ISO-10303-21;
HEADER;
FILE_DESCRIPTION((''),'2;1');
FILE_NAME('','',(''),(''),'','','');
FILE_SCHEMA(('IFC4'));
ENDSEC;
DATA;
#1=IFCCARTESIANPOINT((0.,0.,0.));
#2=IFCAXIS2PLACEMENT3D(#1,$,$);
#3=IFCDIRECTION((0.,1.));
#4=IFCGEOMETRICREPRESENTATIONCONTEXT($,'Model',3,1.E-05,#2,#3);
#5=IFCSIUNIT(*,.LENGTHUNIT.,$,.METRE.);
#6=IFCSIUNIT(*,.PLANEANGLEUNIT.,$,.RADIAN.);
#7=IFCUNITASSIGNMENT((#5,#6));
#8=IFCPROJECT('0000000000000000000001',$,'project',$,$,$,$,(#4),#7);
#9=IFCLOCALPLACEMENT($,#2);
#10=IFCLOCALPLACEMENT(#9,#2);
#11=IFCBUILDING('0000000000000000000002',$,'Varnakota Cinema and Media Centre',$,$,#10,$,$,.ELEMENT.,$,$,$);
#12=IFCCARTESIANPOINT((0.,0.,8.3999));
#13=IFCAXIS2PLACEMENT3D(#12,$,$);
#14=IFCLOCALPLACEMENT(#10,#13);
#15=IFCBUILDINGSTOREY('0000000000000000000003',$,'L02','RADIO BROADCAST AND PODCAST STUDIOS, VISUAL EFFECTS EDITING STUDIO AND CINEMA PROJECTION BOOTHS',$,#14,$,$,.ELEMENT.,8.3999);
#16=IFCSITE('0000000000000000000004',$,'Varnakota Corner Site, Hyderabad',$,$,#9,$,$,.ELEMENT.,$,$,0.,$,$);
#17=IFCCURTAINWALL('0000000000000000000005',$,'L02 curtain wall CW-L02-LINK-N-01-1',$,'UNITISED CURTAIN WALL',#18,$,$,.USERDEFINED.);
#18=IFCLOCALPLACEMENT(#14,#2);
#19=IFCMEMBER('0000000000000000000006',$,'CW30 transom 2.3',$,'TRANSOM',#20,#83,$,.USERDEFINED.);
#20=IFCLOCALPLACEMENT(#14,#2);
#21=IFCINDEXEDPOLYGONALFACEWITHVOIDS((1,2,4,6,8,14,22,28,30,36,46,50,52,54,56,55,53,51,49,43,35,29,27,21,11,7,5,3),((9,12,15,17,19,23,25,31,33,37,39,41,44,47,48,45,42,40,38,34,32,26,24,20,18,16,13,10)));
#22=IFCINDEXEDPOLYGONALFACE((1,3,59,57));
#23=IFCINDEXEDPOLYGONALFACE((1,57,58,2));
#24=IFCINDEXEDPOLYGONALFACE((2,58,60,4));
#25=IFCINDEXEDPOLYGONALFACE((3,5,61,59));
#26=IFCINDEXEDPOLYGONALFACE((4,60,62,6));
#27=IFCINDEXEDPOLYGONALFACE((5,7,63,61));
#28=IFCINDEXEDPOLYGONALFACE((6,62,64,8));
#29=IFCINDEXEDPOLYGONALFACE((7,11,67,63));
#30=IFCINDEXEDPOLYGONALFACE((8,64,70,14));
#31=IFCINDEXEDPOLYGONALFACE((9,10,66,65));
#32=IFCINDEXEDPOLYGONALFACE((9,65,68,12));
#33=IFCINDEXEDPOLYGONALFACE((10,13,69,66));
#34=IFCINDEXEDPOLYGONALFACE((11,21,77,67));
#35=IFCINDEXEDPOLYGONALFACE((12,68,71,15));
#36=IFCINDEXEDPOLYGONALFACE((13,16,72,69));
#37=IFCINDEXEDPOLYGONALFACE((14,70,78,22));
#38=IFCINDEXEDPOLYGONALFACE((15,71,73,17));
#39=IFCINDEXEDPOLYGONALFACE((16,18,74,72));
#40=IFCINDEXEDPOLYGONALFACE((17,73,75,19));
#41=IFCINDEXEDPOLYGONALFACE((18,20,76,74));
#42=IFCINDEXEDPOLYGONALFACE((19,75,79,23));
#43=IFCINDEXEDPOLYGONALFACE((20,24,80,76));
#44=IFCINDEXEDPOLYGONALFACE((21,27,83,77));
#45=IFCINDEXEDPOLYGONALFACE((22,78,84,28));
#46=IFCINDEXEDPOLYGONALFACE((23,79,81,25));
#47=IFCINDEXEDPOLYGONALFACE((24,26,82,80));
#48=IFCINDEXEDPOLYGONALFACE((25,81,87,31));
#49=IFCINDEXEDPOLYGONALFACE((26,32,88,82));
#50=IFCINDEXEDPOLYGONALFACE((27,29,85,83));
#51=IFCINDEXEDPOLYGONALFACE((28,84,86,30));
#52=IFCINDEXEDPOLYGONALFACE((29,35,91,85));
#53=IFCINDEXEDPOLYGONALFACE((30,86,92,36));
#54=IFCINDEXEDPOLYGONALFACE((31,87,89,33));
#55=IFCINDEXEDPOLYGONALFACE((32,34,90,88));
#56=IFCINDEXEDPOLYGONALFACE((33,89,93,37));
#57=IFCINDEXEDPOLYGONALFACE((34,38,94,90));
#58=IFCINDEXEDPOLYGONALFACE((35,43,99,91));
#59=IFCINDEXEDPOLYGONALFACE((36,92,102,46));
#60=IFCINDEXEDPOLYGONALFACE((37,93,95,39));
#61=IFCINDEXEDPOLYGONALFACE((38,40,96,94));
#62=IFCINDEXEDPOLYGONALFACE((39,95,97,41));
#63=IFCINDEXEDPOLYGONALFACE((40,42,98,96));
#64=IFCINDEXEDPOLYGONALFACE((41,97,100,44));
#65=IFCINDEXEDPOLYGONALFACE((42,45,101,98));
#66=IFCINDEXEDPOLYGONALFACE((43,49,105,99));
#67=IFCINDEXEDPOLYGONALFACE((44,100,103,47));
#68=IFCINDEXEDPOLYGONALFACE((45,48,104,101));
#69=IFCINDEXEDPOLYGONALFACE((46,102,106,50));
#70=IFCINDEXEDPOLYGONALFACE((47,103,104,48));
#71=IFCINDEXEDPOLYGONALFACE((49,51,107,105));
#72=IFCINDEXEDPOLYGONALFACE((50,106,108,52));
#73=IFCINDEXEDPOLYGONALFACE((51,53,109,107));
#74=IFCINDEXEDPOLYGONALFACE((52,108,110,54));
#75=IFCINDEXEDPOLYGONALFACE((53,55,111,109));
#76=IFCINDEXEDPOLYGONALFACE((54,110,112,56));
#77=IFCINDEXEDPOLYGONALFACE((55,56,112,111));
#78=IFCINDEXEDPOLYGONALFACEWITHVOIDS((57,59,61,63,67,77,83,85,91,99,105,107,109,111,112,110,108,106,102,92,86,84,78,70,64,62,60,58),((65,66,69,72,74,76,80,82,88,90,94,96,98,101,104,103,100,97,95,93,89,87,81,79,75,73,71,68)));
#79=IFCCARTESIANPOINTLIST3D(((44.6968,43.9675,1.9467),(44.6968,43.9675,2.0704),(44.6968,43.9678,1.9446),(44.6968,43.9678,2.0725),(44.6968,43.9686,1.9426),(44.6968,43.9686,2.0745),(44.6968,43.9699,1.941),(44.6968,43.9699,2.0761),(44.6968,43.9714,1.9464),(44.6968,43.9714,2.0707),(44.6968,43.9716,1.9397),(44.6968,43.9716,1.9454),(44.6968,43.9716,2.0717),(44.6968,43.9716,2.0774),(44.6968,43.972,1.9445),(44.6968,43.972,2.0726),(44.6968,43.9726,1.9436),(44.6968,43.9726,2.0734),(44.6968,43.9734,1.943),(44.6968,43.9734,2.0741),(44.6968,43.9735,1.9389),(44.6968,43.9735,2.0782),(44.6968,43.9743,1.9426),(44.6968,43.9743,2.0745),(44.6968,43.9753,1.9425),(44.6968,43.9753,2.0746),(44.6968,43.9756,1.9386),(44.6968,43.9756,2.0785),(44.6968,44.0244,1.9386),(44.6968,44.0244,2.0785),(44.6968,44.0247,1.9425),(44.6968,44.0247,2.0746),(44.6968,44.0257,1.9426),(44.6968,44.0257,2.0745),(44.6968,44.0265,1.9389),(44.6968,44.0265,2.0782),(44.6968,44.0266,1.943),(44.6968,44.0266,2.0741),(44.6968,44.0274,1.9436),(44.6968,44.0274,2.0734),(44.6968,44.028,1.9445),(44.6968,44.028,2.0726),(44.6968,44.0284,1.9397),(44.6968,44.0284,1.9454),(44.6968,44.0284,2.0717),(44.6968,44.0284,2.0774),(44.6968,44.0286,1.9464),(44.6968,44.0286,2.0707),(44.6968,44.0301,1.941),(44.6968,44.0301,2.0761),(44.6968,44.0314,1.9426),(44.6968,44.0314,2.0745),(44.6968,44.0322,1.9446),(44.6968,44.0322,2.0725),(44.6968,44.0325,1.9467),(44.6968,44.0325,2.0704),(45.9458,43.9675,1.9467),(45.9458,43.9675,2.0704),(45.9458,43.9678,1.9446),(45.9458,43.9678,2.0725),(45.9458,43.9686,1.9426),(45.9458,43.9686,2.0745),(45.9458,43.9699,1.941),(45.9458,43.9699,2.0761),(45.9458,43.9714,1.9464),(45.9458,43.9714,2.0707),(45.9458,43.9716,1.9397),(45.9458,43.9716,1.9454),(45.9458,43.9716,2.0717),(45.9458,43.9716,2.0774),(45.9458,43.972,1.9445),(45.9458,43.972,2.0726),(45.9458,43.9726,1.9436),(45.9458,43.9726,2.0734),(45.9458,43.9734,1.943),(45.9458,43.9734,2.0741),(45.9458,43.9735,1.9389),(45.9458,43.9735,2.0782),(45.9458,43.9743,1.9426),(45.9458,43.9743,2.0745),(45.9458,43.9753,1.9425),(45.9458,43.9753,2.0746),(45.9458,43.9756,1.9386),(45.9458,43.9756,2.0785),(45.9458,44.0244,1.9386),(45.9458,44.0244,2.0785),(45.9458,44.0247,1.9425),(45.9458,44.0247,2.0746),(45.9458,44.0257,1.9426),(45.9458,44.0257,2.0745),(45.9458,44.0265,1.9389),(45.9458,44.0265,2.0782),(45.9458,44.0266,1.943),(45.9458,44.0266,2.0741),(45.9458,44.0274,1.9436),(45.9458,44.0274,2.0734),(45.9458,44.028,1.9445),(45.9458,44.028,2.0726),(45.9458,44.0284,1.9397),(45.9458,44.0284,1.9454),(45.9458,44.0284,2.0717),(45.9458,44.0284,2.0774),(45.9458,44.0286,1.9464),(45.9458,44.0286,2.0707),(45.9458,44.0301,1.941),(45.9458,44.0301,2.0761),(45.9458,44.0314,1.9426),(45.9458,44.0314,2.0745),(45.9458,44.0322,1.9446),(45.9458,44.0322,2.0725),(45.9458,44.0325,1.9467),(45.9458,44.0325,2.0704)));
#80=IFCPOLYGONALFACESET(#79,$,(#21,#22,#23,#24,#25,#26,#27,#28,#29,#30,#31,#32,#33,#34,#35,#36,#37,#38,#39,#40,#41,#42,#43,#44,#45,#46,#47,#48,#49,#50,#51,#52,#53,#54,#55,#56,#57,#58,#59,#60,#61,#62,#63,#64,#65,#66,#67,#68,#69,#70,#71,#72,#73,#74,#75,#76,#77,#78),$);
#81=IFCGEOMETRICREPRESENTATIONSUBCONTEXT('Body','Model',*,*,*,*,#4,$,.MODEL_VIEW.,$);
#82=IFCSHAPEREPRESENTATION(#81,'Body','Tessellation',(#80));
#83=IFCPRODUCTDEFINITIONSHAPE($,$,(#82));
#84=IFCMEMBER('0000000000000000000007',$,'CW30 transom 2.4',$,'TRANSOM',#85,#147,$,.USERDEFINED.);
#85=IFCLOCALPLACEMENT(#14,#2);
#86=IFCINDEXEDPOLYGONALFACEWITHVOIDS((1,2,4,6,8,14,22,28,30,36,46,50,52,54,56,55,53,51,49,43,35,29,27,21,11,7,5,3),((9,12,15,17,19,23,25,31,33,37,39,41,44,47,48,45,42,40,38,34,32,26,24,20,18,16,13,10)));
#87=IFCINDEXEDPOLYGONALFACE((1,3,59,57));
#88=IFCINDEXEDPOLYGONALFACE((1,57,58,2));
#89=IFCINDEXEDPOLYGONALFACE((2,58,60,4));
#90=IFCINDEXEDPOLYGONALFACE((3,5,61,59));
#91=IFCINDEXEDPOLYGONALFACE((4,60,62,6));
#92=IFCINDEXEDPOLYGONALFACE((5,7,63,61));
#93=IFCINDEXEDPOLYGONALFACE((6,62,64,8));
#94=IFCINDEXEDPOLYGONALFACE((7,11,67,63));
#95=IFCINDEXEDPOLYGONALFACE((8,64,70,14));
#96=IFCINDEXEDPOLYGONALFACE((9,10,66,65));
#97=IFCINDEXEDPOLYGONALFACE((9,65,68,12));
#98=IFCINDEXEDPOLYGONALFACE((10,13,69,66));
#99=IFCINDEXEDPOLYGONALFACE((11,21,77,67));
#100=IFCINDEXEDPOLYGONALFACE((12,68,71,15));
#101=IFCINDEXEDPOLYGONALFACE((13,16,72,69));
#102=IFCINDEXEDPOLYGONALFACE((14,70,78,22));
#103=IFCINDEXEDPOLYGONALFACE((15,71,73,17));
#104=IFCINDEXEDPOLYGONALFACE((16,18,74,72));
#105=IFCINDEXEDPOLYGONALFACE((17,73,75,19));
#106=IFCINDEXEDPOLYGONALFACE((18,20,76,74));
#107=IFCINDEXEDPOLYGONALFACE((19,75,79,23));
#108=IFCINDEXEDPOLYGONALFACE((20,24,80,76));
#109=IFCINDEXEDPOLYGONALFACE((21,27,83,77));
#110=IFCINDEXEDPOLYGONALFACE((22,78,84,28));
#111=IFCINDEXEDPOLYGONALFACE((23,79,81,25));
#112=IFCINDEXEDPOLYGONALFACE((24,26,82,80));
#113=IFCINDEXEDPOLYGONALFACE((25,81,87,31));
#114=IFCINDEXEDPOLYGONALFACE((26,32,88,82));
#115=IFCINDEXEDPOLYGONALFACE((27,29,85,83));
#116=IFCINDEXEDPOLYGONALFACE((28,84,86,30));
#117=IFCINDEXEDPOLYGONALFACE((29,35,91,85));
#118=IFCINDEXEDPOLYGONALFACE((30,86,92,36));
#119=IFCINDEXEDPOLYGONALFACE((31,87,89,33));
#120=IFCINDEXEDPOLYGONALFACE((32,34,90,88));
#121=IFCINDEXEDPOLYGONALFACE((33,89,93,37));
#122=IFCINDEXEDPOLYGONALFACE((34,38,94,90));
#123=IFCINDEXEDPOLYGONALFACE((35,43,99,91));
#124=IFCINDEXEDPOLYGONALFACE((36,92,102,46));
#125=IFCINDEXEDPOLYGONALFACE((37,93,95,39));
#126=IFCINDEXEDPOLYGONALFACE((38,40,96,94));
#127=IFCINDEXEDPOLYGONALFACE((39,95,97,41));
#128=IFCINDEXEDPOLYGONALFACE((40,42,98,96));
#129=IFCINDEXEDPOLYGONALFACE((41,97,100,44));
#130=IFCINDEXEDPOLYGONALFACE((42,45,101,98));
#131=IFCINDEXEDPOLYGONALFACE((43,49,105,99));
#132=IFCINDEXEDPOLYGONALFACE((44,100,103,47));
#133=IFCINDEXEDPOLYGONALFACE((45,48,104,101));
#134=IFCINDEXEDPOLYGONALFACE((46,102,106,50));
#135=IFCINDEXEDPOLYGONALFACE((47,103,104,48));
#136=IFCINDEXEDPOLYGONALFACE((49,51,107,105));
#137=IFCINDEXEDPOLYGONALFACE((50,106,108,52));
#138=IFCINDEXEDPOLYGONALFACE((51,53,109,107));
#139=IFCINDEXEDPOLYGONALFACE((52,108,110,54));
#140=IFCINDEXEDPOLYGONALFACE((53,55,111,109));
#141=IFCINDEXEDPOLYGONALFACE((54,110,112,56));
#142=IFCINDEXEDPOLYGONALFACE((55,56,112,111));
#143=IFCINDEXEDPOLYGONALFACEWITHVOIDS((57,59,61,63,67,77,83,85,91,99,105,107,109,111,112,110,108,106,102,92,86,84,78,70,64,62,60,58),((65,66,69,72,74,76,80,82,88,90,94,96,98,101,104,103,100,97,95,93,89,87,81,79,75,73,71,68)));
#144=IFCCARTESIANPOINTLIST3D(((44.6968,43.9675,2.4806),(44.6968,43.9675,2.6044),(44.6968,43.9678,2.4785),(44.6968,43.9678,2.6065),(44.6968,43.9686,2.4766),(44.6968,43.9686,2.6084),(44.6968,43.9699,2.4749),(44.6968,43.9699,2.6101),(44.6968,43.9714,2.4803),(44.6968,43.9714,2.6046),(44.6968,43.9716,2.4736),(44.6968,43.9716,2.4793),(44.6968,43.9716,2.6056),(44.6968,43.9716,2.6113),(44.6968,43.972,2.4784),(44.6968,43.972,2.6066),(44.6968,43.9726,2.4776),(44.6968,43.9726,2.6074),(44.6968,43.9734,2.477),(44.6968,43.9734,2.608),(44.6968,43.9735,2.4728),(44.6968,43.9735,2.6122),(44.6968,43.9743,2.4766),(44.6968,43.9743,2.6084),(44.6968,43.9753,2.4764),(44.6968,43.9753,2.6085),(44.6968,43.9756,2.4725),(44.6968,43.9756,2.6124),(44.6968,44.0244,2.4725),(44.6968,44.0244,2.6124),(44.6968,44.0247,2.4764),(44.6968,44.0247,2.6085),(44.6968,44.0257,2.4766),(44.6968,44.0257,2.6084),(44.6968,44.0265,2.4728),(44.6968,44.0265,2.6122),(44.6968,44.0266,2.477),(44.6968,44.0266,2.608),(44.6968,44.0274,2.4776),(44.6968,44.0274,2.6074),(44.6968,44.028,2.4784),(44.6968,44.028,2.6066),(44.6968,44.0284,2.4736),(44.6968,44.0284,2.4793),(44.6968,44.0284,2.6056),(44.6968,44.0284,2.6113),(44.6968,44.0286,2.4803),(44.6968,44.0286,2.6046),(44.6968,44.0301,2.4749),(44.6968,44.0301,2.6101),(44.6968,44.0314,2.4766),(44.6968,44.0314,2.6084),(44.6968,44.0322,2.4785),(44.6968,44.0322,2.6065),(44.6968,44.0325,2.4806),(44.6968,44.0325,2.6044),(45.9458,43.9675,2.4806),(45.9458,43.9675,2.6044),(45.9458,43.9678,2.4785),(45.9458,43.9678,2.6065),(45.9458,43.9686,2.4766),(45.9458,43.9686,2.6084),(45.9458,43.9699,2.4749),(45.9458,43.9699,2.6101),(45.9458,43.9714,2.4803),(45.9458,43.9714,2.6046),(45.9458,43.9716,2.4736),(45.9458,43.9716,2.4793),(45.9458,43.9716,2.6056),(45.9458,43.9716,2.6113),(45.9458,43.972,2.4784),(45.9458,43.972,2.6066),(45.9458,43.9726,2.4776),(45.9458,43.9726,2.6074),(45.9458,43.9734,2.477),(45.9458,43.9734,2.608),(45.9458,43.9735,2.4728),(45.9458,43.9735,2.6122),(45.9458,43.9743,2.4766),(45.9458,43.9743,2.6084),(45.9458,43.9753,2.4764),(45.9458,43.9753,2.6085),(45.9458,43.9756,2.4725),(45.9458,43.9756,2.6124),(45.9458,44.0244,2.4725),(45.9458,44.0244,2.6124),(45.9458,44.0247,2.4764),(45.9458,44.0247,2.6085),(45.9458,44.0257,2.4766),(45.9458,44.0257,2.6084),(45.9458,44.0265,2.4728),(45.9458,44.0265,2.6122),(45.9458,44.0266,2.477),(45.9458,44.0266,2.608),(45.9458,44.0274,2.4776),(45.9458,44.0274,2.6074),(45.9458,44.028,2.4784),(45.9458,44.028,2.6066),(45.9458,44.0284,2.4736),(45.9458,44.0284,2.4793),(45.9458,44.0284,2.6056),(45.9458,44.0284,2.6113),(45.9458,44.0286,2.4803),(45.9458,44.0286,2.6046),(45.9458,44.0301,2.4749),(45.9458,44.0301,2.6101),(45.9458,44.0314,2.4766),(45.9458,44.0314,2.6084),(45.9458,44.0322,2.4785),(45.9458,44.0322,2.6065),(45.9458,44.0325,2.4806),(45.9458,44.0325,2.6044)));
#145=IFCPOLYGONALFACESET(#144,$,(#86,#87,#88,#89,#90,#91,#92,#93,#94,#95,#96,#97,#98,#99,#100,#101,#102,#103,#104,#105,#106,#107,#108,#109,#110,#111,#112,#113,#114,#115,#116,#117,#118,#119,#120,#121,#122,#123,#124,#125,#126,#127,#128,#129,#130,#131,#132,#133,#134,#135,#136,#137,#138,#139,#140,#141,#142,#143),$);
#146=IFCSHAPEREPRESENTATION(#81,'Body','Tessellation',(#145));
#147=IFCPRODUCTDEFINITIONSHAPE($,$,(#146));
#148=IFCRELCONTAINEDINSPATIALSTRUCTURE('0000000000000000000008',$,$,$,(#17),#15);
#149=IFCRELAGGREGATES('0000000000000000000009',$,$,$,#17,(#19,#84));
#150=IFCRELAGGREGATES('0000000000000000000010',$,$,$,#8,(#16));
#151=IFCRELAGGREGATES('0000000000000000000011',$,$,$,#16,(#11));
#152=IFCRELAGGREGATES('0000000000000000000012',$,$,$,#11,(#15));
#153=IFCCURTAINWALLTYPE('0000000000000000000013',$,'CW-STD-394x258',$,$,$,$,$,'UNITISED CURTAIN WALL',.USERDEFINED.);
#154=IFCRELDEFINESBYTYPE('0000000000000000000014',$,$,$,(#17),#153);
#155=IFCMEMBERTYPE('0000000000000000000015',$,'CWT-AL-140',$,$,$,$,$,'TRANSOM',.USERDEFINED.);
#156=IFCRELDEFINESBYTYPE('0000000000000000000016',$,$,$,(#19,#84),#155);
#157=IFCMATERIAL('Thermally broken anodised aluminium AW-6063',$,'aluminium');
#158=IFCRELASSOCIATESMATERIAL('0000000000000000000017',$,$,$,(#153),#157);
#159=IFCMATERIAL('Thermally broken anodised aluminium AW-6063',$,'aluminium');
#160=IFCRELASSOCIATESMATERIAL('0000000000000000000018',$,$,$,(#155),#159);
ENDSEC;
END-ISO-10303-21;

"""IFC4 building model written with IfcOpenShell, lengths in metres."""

from ifc_helpers import new_model, si_unit, direction, frame, origin, origin_2d, place, context, subcontext, project, spatial, hollow_rectangle, extrude, material, material_profile, profile_set, type_object, element, aggregate, save


model = new_model("IFC4")

# Units and contexts
model_context = context("Model", 3, precision=1e-05, world=origin(), true_north=direction((0.0, 1.0)))
body_context = subcontext(model_context, "Body", "Model", "MODEL_VIEW")
ifc_project = project(units=[si_unit("LENGTHUNIT", "METRE"), si_unit("PLANEANGLEUNIT", "RADIAN")], contexts=[model_context])

# Site, building, storey
site_placement = place(None, origin())
site = spatial("IfcSite", under=ifc_project, at=site_placement, Name="Varnakota Corner Site, Hyderabad", CompositionType="ELEMENT", RefElevation=0.0)
building_placement = place(site_placement, origin())
building = spatial("IfcBuilding", under=site, at=building_placement, Name="Varnakota Cinema and Media Centre", CompositionType="ELEMENT")
storey_placement = place(building_placement, frame((0.0, 0.0, 8.3999)))
storey = spatial("IfcBuildingStorey", under=building, at=storey_placement, Name="L02", Description="RADIO BROADCAST AND PODCAST STUDIOS, VISUAL EFFECTS EDITING STUDIO AND CINEMA PROJECTION BOOTHS", CompositionType="ELEMENT", Elevation=8.3999)

# Curtain wall
ifc_material_1 = material(Name="Thermally broken anodised aluminium AW-6063", Category="aluminium")
curtain_wall_type_1 = type_object("IfcCurtainWallType", Name="CW-STD-394x258", ElementType="UNITISED CURTAIN WALL", PredefinedType="USERDEFINED", material=ifc_material_1)
curtain_wall_1_placement = place(storey_placement, origin())
curtain_wall_1 = element("IfcCurtainWall", 1, at=curtain_wall_1_placement, inside=storey, type_object=curtain_wall_type_1, Name="L02 curtain wall CW-L02-LINK-N-01-1", ObjectType="UNITISED CURTAIN WALL", PredefinedType="USERDEFINED")

# Members
ifc_material_2 = material(Name="Thermally broken anodised aluminium AW-6063", Category="aluminium")
ifc_material_profile_1 = material_profile(ifc_material_2, hollow_rectangle(XDim=0.0649, YDim=0.1399, WallThickness=0.0039, InnerFilletRadius=0.0039, OuterFilletRadius=0.0081, at=origin_2d()), Name="AL-TRANSOM 140x65x4")
ifc_profile_set_1 = profile_set([ifc_material_profile_1], Name="Thermally broken anodised aluminium AW-6063")
member_type_1 = type_object("IfcMemberType", Name="CWT-AL-140", ElementType="TRANSOM", PredefinedType="USERDEFINED", material=ifc_profile_set_1)
member_1_placement = place(storey_placement, frame((44.6968, 44.0, 2.0085), z_axis=(1.0, 0.0, 0.0), x_axis=(0.0, 1.0, 0.0)))
member_1 = element("IfcMember", 2, at=member_1_placement, type_object=member_type_1, Name="CW30 transom 2.3", ObjectType="TRANSOM", PredefinedType="USERDEFINED", context=body_context, shape_type="SweptSolid", body=[
    extrude(hollow_rectangle(XDim=0.0649, YDim=0.1399, WallThickness=0.0039, InnerFilletRadius=0.0039, OuterFilletRadius=0.0081, at=origin_2d()), origin(), (0.0, 0.0, 1.0), 1.249),
])
member_2_placement = place(storey_placement, frame((44.6968, 44.0, 2.5425), z_axis=(1.0, 0.0, 0.0), x_axis=(0.0, 1.0, 0.0)))
member_2 = element("IfcMember", 3, at=member_2_placement, type_object=member_type_1, Name="CW30 transom 2.4", ObjectType="TRANSOM", PredefinedType="USERDEFINED", context=body_context, shape_type="SweptSolid", body=[
    extrude(hollow_rectangle(XDim=0.0649, YDim=0.1399, WallThickness=0.0039, InnerFilletRadius=0.0039, OuterFilletRadius=0.0081, at=origin_2d()), origin(), (0.0, 0.0, 1.0), 1.249),
])

aggregate(curtain_wall_1, [member_1, member_2])

save(model, "model.ifc")
